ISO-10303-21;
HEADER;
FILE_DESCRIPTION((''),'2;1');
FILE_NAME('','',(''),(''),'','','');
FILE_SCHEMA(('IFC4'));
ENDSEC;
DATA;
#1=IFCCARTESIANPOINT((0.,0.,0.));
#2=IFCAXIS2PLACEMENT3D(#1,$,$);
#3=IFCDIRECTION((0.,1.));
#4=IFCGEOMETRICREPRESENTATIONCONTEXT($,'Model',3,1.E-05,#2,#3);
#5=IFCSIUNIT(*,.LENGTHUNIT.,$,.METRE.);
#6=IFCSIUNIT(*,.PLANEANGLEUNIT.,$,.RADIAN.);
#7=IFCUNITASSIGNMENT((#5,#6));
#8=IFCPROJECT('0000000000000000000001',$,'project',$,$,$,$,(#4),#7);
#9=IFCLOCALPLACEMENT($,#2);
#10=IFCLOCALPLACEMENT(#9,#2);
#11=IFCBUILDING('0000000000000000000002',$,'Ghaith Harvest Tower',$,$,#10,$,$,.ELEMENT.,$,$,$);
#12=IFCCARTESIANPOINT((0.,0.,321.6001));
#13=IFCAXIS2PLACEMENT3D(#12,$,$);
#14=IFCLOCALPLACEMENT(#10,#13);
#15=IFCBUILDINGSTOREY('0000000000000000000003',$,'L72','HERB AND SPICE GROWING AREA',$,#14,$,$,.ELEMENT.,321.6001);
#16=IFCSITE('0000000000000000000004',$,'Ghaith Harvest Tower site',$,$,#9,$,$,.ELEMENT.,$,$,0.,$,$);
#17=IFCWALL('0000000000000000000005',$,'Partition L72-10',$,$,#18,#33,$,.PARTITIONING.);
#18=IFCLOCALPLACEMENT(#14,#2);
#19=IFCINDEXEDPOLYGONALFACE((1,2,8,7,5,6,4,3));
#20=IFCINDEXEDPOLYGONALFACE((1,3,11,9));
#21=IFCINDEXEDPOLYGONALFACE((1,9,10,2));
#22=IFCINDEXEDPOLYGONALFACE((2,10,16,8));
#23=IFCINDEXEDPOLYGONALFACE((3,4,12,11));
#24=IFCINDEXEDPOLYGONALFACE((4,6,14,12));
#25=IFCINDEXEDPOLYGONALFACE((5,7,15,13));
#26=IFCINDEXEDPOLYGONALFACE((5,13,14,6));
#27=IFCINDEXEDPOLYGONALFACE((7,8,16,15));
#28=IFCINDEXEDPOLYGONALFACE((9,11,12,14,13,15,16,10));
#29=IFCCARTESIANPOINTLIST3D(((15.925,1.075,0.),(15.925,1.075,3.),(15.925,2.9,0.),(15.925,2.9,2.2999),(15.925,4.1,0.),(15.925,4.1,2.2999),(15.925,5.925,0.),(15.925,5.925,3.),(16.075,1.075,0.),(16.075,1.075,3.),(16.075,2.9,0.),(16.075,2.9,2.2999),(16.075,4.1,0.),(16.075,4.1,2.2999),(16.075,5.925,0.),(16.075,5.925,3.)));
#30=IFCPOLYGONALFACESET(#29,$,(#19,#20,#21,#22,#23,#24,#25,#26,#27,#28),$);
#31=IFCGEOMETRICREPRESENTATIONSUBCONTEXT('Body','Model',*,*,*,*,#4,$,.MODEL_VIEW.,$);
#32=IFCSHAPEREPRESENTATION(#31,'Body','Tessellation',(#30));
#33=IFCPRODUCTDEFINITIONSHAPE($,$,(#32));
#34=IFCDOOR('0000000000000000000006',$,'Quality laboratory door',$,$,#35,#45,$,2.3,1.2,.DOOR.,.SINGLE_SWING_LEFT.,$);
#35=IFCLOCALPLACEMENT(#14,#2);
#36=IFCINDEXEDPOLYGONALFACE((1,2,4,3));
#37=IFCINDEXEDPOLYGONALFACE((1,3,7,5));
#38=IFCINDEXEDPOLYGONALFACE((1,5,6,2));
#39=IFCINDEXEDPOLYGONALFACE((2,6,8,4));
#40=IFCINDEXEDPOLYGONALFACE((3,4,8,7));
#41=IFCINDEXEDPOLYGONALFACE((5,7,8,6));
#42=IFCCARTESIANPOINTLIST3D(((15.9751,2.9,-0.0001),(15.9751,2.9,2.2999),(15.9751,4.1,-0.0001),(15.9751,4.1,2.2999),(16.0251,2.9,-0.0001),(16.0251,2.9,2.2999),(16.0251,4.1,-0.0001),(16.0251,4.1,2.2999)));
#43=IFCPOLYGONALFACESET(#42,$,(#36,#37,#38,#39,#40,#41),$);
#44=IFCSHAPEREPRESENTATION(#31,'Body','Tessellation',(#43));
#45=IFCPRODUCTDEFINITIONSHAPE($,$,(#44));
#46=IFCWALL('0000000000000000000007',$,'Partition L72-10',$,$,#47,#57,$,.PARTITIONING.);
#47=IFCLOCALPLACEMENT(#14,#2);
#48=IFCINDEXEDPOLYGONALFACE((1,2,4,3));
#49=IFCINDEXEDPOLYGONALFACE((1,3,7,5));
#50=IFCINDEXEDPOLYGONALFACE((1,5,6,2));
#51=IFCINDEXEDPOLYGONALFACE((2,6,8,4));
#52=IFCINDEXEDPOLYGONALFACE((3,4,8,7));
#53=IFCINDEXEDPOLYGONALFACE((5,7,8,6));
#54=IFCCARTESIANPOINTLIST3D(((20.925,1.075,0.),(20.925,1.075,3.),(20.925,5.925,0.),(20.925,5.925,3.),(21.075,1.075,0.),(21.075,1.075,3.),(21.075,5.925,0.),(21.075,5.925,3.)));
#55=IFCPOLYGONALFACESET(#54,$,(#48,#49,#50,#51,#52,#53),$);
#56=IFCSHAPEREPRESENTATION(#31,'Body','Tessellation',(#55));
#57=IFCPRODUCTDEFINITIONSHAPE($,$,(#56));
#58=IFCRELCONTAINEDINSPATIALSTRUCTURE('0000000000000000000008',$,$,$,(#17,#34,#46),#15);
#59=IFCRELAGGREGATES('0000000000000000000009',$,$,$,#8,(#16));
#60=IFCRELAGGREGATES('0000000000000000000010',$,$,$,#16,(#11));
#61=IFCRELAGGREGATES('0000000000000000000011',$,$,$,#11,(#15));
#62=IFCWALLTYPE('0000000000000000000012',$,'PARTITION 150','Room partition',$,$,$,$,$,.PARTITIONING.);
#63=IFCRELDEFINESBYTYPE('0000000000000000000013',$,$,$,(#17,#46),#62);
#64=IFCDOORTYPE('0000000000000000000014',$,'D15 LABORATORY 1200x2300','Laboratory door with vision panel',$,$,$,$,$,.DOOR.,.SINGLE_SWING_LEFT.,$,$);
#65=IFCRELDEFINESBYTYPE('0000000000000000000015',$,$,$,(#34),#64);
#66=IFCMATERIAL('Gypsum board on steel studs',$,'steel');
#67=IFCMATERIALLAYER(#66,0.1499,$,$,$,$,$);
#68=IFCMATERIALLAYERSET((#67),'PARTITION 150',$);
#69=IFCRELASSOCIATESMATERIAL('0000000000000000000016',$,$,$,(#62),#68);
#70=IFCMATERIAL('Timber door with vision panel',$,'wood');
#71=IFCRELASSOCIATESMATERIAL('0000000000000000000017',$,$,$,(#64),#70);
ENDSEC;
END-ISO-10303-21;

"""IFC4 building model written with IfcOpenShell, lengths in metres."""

from ifc_helpers import new_model, si_unit, direction, frame, frame_2d, origin, place, context, subcontext, project, spatial, rectangle, extrude, material, layer, layer_set, type_object, element, fill, save


model = new_model("IFC4")

# Units and contexts
model_context = context("Model", 3, precision=1e-05, world=origin(), true_north=direction((0.0, 1.0)))
body_context = subcontext(model_context, "Body", "Model", "MODEL_VIEW")
ifc_project = project(units=[si_unit("LENGTHUNIT", "METRE"), si_unit("PLANEANGLEUNIT", "RADIAN")], contexts=[model_context])

# Site, building, storey
site_placement = place(None, origin())
site = spatial("IfcSite", under=ifc_project, at=site_placement, Name="Ghaith Harvest Tower site", CompositionType="ELEMENT", RefElevation=0.0)
building_placement = place(site_placement, origin())
building = spatial("IfcBuilding", under=site, at=building_placement, Name="Ghaith Harvest Tower", CompositionType="ELEMENT")
storey_placement = place(building_placement, frame((0.0, 0.0, 321.6001)))
storey = spatial("IfcBuildingStorey", under=building, at=storey_placement, Name="L72", Description="HERB AND SPICE GROWING AREA", CompositionType="ELEMENT", Elevation=321.6001)

# Shared definitions
ifc_material_1 = material(Name="Gypsum board on steel studs", Category="steel")
ifc_layer_1 = layer(ifc_material_1, 0.1499)
ifc_layer_set_1 = layer_set([ifc_layer_1], Name="PARTITION 150")
wall_type = type_object("IfcWallType", Name="PARTITION 150", Description="Room partition", PredefinedType="PARTITIONING", material=ifc_layer_set_1)

# Wall, opening, door
wall_1_placement = place(storey_placement, frame((16.0, 1.075, 0.0), z_axis=(0.0, 0.0, 1.0), x_axis=(0.0, 1.0, 0.0)))
wall_1 = element("IfcWall", 1, at=wall_1_placement, inside=storey, type_object=wall_type, Name="Partition L72-10", PredefinedType="PARTITIONING", context=body_context, shape_type="SweptSolid", body=[
    extrude(rectangle(XDim=4.8501, YDim=0.1499, at=frame_2d((2.425, 0.0))), origin(), (0.0, 0.0, 1.0), 3.0),
])
opening_placement = place(wall_1_placement, frame((1.825, 0.0, 0.0)))
opening = element("IfcOpeningElement", 2, at=opening_placement, cuts=wall_1, PredefinedType="OPENING", context=body_context, shape_type="SweptSolid", body=[
    extrude(rectangle(XDim=1.2, YDim=2.3, at=frame_2d((0.6001, 1.1499))), frame((0.0, 0.085, 0.0), z_axis=(0.0, -1.0, 0.0), x_axis=(1.0, 0.0, 0.0)), (0.0, 0.0, 1.0), 0.1699),
])
ifc_material_2 = material(Name="Timber door with vision panel", Category="wood")
door_type = type_object("IfcDoorType", Name="D15 LABORATORY 1200x2300", Description="Laboratory door with vision panel", OperationType="SINGLE_SWING_LEFT", PredefinedType="DOOR", material=ifc_material_2)
door_placement = place(opening_placement, origin())
door = element("IfcDoor", 3, at=door_placement, inside=storey, type_object=door_type, Name="Quality laboratory door", OperationType="SINGLE_SWING_LEFT", OverallHeight=2.3, OverallWidth=1.2, PredefinedType="DOOR", context=body_context, shape_type="SweptSolid", body=[
    extrude(rectangle(XDim=1.2, YDim=2.3, at=frame_2d((0.6001, 1.1499))), frame((0.0, 0.0249, 0.0), z_axis=(0.0, -1.0, 0.0), x_axis=(1.0, 0.0, 0.0)), (0.0, 0.0, 1.0), 0.05),
])
fill(opening, door)

# Wall
wall_2_placement = place(storey_placement, frame((21.0, 1.075, 0.0), z_axis=(0.0, 0.0, 1.0), x_axis=(0.0, 1.0, 0.0)))
element("IfcWall", 4, at=wall_2_placement, inside=storey, type_object=wall_type, Name="Partition L72-10", PredefinedType="PARTITIONING", context=body_context, shape_type="SweptSolid", body=[
    extrude(rectangle(XDim=4.8501, YDim=0.1499, at=frame_2d((2.425, 0.0))), origin(), (0.0, 0.0, 1.0), 3.0),
])

save(model, "model.ifc")
